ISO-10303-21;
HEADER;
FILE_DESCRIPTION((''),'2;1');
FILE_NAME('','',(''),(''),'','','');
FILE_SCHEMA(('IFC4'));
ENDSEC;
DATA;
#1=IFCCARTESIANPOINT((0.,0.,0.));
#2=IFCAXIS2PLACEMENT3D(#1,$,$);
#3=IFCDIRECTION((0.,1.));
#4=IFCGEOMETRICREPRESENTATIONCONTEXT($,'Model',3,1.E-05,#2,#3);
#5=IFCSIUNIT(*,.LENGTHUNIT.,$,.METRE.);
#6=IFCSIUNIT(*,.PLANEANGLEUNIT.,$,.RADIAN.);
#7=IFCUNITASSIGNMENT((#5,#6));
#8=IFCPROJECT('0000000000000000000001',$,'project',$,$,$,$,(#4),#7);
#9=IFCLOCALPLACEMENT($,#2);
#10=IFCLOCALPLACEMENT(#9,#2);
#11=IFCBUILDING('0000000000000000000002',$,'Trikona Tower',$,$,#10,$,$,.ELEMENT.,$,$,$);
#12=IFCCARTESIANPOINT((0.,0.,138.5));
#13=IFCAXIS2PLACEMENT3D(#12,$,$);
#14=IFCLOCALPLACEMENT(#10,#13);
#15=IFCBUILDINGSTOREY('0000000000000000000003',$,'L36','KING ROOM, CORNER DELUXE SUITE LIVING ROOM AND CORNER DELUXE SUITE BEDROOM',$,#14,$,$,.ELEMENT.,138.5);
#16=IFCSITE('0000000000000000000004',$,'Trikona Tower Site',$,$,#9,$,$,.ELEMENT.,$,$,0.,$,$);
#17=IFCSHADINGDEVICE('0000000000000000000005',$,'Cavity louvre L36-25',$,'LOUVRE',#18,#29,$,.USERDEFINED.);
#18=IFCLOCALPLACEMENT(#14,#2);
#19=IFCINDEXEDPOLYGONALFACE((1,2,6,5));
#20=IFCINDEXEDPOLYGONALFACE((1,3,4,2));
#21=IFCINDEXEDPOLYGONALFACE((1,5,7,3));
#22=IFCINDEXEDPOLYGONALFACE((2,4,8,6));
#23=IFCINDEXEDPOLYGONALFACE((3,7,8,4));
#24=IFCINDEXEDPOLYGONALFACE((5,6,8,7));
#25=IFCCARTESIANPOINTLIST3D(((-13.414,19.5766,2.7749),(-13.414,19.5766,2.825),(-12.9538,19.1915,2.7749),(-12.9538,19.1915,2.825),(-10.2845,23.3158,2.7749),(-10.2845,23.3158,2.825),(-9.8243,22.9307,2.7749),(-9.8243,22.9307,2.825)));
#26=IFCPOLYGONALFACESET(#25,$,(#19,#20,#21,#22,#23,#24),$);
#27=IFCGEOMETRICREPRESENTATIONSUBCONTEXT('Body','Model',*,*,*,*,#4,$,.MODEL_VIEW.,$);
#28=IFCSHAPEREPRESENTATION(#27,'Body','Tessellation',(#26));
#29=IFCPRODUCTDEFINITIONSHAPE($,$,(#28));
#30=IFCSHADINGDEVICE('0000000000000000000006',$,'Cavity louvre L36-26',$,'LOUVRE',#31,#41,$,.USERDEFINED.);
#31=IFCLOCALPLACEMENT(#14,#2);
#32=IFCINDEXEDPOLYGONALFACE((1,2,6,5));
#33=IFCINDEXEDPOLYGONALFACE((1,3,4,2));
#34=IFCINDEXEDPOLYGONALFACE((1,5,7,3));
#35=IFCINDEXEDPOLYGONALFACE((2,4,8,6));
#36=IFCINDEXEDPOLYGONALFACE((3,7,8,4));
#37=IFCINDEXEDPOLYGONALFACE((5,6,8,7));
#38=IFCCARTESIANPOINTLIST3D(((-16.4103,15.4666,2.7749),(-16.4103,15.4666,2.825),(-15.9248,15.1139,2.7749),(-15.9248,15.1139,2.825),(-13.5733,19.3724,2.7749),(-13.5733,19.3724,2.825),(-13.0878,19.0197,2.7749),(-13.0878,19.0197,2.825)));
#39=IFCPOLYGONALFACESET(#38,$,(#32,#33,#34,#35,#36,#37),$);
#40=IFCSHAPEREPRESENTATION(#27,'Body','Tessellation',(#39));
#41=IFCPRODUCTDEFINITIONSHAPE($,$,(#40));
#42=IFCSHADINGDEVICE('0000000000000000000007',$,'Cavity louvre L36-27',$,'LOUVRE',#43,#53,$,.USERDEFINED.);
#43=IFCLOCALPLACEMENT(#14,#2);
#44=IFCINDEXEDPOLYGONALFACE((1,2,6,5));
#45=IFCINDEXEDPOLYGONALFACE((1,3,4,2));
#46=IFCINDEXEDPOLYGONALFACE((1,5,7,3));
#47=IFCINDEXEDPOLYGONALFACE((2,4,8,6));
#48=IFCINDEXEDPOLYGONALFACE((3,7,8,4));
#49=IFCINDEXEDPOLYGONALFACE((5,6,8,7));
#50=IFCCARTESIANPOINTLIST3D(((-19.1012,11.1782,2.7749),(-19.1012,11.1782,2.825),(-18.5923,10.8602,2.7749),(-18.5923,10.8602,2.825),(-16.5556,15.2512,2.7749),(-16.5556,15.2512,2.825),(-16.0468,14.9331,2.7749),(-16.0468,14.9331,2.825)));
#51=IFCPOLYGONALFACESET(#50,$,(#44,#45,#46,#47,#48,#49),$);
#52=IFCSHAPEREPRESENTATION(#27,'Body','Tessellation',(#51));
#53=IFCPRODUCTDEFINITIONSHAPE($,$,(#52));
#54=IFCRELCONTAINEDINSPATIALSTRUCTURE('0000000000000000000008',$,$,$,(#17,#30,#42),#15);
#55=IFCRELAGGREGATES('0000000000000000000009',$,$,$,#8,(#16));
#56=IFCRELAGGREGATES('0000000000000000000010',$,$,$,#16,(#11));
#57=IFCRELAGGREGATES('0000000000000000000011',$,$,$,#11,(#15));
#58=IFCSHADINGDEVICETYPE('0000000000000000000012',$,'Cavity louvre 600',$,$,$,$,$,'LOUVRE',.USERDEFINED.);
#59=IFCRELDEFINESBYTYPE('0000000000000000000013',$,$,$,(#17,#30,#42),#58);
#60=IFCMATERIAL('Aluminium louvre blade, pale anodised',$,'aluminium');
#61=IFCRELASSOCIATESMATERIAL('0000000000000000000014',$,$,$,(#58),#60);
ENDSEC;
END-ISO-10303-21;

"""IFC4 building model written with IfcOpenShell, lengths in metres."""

from ifc_helpers import new_model, si_unit, direction, frame, origin, origin_2d, place, context, subcontext, project, spatial, rectangle, extrude, material, type_object, element, save


model = new_model("IFC4")

# Units and contexts
model_context = context("Model", 3, precision=1e-05, world=origin(), true_north=direction((0.0, 1.0)))
body_context = subcontext(model_context, "Body", "Model", "MODEL_VIEW")
ifc_project = project(units=[si_unit("LENGTHUNIT", "METRE"), si_unit("PLANEANGLEUNIT", "RADIAN")], contexts=[model_context])

# Site, building, storey
site_placement = place(None, origin())
site = spatial("IfcSite", under=ifc_project, at=site_placement, Name="Trikona Tower Site", CompositionType="ELEMENT", RefElevation=0.0)
building_placement = place(site_placement, origin())
building = spatial("IfcBuilding", under=site, at=building_placement, Name="Trikona Tower", CompositionType="ELEMENT")
storey_placement = place(building_placement, frame((0.0, 0.0, 138.5)))
storey = spatial("IfcBuildingStorey", under=building, at=storey_placement, Name="L36", Description="KING ROOM, CORNER DELUXE SUITE LIVING ROOM AND CORNER DELUXE SUITE BEDROOM", CompositionType="ELEMENT", Elevation=138.5)

# Shading devices
ifc_material_1 = material(Name="Aluminium louvre blade, pale anodised", Category="aluminium")
shading_device_type = type_object("IfcShadingDeviceType", Name="Cavity louvre 600", ElementType="LOUVRE", PredefinedType="USERDEFINED", material=ifc_material_1)
shading_device_1_placement = place(storey_placement, frame((-11.6191, 21.2537, 2.7749), z_axis=(0.0, 0.0, 1.0), x_axis=(-0.641807, -0.766866, 0.0)))
element("IfcShadingDevice", 1, at=shading_device_1_placement, inside=storey, type_object=shading_device_type, Name="Cavity louvre L36-25", ObjectType="LOUVRE", PredefinedType="USERDEFINED", context=body_context, shape_type="SweptSolid", body=[
    extrude(rectangle(XDim=4.876, YDim=0.6001, at=origin_2d()), origin(), (0.0, 0.0, 1.0), 0.05),
])
shading_device_2_placement = place(storey_placement, frame((-14.749, 17.2432, 2.7749), z_axis=(0.0, 0.0, 1.0), x_axis=(-0.587686, -0.809089, 0.0)))
element("IfcShadingDevice", 2, at=shading_device_2_placement, inside=storey, type_object=shading_device_type, Name="Cavity louvre L36-26", ObjectType="LOUVRE", PredefinedType="USERDEFINED", context=body_context, shape_type="SweptSolid", body=[
    extrude(rectangle(XDim=4.8274, YDim=0.6001, at=origin_2d()), origin(), (0.0, 0.0, 1.0), 0.05),
])
shading_device_3_placement = place(storey_placement, frame((-17.574, 13.0557, 2.7749), z_axis=(0.0, 0.0, 1.0), x_axis=(-0.529995, -0.848001, 0.0)))
element("IfcShadingDevice", 3, at=shading_device_3_placement, inside=storey, type_object=shading_device_type, Name="Cavity louvre L36-27", ObjectType="LOUVRE", PredefinedType="USERDEFINED", context=body_context, shape_type="SweptSolid", body=[
    extrude(rectangle(XDim=4.803, YDim=0.6001, at=origin_2d()), origin(), (0.0, 0.0, 1.0), 0.05),
])

save(model, "model.ifc")
